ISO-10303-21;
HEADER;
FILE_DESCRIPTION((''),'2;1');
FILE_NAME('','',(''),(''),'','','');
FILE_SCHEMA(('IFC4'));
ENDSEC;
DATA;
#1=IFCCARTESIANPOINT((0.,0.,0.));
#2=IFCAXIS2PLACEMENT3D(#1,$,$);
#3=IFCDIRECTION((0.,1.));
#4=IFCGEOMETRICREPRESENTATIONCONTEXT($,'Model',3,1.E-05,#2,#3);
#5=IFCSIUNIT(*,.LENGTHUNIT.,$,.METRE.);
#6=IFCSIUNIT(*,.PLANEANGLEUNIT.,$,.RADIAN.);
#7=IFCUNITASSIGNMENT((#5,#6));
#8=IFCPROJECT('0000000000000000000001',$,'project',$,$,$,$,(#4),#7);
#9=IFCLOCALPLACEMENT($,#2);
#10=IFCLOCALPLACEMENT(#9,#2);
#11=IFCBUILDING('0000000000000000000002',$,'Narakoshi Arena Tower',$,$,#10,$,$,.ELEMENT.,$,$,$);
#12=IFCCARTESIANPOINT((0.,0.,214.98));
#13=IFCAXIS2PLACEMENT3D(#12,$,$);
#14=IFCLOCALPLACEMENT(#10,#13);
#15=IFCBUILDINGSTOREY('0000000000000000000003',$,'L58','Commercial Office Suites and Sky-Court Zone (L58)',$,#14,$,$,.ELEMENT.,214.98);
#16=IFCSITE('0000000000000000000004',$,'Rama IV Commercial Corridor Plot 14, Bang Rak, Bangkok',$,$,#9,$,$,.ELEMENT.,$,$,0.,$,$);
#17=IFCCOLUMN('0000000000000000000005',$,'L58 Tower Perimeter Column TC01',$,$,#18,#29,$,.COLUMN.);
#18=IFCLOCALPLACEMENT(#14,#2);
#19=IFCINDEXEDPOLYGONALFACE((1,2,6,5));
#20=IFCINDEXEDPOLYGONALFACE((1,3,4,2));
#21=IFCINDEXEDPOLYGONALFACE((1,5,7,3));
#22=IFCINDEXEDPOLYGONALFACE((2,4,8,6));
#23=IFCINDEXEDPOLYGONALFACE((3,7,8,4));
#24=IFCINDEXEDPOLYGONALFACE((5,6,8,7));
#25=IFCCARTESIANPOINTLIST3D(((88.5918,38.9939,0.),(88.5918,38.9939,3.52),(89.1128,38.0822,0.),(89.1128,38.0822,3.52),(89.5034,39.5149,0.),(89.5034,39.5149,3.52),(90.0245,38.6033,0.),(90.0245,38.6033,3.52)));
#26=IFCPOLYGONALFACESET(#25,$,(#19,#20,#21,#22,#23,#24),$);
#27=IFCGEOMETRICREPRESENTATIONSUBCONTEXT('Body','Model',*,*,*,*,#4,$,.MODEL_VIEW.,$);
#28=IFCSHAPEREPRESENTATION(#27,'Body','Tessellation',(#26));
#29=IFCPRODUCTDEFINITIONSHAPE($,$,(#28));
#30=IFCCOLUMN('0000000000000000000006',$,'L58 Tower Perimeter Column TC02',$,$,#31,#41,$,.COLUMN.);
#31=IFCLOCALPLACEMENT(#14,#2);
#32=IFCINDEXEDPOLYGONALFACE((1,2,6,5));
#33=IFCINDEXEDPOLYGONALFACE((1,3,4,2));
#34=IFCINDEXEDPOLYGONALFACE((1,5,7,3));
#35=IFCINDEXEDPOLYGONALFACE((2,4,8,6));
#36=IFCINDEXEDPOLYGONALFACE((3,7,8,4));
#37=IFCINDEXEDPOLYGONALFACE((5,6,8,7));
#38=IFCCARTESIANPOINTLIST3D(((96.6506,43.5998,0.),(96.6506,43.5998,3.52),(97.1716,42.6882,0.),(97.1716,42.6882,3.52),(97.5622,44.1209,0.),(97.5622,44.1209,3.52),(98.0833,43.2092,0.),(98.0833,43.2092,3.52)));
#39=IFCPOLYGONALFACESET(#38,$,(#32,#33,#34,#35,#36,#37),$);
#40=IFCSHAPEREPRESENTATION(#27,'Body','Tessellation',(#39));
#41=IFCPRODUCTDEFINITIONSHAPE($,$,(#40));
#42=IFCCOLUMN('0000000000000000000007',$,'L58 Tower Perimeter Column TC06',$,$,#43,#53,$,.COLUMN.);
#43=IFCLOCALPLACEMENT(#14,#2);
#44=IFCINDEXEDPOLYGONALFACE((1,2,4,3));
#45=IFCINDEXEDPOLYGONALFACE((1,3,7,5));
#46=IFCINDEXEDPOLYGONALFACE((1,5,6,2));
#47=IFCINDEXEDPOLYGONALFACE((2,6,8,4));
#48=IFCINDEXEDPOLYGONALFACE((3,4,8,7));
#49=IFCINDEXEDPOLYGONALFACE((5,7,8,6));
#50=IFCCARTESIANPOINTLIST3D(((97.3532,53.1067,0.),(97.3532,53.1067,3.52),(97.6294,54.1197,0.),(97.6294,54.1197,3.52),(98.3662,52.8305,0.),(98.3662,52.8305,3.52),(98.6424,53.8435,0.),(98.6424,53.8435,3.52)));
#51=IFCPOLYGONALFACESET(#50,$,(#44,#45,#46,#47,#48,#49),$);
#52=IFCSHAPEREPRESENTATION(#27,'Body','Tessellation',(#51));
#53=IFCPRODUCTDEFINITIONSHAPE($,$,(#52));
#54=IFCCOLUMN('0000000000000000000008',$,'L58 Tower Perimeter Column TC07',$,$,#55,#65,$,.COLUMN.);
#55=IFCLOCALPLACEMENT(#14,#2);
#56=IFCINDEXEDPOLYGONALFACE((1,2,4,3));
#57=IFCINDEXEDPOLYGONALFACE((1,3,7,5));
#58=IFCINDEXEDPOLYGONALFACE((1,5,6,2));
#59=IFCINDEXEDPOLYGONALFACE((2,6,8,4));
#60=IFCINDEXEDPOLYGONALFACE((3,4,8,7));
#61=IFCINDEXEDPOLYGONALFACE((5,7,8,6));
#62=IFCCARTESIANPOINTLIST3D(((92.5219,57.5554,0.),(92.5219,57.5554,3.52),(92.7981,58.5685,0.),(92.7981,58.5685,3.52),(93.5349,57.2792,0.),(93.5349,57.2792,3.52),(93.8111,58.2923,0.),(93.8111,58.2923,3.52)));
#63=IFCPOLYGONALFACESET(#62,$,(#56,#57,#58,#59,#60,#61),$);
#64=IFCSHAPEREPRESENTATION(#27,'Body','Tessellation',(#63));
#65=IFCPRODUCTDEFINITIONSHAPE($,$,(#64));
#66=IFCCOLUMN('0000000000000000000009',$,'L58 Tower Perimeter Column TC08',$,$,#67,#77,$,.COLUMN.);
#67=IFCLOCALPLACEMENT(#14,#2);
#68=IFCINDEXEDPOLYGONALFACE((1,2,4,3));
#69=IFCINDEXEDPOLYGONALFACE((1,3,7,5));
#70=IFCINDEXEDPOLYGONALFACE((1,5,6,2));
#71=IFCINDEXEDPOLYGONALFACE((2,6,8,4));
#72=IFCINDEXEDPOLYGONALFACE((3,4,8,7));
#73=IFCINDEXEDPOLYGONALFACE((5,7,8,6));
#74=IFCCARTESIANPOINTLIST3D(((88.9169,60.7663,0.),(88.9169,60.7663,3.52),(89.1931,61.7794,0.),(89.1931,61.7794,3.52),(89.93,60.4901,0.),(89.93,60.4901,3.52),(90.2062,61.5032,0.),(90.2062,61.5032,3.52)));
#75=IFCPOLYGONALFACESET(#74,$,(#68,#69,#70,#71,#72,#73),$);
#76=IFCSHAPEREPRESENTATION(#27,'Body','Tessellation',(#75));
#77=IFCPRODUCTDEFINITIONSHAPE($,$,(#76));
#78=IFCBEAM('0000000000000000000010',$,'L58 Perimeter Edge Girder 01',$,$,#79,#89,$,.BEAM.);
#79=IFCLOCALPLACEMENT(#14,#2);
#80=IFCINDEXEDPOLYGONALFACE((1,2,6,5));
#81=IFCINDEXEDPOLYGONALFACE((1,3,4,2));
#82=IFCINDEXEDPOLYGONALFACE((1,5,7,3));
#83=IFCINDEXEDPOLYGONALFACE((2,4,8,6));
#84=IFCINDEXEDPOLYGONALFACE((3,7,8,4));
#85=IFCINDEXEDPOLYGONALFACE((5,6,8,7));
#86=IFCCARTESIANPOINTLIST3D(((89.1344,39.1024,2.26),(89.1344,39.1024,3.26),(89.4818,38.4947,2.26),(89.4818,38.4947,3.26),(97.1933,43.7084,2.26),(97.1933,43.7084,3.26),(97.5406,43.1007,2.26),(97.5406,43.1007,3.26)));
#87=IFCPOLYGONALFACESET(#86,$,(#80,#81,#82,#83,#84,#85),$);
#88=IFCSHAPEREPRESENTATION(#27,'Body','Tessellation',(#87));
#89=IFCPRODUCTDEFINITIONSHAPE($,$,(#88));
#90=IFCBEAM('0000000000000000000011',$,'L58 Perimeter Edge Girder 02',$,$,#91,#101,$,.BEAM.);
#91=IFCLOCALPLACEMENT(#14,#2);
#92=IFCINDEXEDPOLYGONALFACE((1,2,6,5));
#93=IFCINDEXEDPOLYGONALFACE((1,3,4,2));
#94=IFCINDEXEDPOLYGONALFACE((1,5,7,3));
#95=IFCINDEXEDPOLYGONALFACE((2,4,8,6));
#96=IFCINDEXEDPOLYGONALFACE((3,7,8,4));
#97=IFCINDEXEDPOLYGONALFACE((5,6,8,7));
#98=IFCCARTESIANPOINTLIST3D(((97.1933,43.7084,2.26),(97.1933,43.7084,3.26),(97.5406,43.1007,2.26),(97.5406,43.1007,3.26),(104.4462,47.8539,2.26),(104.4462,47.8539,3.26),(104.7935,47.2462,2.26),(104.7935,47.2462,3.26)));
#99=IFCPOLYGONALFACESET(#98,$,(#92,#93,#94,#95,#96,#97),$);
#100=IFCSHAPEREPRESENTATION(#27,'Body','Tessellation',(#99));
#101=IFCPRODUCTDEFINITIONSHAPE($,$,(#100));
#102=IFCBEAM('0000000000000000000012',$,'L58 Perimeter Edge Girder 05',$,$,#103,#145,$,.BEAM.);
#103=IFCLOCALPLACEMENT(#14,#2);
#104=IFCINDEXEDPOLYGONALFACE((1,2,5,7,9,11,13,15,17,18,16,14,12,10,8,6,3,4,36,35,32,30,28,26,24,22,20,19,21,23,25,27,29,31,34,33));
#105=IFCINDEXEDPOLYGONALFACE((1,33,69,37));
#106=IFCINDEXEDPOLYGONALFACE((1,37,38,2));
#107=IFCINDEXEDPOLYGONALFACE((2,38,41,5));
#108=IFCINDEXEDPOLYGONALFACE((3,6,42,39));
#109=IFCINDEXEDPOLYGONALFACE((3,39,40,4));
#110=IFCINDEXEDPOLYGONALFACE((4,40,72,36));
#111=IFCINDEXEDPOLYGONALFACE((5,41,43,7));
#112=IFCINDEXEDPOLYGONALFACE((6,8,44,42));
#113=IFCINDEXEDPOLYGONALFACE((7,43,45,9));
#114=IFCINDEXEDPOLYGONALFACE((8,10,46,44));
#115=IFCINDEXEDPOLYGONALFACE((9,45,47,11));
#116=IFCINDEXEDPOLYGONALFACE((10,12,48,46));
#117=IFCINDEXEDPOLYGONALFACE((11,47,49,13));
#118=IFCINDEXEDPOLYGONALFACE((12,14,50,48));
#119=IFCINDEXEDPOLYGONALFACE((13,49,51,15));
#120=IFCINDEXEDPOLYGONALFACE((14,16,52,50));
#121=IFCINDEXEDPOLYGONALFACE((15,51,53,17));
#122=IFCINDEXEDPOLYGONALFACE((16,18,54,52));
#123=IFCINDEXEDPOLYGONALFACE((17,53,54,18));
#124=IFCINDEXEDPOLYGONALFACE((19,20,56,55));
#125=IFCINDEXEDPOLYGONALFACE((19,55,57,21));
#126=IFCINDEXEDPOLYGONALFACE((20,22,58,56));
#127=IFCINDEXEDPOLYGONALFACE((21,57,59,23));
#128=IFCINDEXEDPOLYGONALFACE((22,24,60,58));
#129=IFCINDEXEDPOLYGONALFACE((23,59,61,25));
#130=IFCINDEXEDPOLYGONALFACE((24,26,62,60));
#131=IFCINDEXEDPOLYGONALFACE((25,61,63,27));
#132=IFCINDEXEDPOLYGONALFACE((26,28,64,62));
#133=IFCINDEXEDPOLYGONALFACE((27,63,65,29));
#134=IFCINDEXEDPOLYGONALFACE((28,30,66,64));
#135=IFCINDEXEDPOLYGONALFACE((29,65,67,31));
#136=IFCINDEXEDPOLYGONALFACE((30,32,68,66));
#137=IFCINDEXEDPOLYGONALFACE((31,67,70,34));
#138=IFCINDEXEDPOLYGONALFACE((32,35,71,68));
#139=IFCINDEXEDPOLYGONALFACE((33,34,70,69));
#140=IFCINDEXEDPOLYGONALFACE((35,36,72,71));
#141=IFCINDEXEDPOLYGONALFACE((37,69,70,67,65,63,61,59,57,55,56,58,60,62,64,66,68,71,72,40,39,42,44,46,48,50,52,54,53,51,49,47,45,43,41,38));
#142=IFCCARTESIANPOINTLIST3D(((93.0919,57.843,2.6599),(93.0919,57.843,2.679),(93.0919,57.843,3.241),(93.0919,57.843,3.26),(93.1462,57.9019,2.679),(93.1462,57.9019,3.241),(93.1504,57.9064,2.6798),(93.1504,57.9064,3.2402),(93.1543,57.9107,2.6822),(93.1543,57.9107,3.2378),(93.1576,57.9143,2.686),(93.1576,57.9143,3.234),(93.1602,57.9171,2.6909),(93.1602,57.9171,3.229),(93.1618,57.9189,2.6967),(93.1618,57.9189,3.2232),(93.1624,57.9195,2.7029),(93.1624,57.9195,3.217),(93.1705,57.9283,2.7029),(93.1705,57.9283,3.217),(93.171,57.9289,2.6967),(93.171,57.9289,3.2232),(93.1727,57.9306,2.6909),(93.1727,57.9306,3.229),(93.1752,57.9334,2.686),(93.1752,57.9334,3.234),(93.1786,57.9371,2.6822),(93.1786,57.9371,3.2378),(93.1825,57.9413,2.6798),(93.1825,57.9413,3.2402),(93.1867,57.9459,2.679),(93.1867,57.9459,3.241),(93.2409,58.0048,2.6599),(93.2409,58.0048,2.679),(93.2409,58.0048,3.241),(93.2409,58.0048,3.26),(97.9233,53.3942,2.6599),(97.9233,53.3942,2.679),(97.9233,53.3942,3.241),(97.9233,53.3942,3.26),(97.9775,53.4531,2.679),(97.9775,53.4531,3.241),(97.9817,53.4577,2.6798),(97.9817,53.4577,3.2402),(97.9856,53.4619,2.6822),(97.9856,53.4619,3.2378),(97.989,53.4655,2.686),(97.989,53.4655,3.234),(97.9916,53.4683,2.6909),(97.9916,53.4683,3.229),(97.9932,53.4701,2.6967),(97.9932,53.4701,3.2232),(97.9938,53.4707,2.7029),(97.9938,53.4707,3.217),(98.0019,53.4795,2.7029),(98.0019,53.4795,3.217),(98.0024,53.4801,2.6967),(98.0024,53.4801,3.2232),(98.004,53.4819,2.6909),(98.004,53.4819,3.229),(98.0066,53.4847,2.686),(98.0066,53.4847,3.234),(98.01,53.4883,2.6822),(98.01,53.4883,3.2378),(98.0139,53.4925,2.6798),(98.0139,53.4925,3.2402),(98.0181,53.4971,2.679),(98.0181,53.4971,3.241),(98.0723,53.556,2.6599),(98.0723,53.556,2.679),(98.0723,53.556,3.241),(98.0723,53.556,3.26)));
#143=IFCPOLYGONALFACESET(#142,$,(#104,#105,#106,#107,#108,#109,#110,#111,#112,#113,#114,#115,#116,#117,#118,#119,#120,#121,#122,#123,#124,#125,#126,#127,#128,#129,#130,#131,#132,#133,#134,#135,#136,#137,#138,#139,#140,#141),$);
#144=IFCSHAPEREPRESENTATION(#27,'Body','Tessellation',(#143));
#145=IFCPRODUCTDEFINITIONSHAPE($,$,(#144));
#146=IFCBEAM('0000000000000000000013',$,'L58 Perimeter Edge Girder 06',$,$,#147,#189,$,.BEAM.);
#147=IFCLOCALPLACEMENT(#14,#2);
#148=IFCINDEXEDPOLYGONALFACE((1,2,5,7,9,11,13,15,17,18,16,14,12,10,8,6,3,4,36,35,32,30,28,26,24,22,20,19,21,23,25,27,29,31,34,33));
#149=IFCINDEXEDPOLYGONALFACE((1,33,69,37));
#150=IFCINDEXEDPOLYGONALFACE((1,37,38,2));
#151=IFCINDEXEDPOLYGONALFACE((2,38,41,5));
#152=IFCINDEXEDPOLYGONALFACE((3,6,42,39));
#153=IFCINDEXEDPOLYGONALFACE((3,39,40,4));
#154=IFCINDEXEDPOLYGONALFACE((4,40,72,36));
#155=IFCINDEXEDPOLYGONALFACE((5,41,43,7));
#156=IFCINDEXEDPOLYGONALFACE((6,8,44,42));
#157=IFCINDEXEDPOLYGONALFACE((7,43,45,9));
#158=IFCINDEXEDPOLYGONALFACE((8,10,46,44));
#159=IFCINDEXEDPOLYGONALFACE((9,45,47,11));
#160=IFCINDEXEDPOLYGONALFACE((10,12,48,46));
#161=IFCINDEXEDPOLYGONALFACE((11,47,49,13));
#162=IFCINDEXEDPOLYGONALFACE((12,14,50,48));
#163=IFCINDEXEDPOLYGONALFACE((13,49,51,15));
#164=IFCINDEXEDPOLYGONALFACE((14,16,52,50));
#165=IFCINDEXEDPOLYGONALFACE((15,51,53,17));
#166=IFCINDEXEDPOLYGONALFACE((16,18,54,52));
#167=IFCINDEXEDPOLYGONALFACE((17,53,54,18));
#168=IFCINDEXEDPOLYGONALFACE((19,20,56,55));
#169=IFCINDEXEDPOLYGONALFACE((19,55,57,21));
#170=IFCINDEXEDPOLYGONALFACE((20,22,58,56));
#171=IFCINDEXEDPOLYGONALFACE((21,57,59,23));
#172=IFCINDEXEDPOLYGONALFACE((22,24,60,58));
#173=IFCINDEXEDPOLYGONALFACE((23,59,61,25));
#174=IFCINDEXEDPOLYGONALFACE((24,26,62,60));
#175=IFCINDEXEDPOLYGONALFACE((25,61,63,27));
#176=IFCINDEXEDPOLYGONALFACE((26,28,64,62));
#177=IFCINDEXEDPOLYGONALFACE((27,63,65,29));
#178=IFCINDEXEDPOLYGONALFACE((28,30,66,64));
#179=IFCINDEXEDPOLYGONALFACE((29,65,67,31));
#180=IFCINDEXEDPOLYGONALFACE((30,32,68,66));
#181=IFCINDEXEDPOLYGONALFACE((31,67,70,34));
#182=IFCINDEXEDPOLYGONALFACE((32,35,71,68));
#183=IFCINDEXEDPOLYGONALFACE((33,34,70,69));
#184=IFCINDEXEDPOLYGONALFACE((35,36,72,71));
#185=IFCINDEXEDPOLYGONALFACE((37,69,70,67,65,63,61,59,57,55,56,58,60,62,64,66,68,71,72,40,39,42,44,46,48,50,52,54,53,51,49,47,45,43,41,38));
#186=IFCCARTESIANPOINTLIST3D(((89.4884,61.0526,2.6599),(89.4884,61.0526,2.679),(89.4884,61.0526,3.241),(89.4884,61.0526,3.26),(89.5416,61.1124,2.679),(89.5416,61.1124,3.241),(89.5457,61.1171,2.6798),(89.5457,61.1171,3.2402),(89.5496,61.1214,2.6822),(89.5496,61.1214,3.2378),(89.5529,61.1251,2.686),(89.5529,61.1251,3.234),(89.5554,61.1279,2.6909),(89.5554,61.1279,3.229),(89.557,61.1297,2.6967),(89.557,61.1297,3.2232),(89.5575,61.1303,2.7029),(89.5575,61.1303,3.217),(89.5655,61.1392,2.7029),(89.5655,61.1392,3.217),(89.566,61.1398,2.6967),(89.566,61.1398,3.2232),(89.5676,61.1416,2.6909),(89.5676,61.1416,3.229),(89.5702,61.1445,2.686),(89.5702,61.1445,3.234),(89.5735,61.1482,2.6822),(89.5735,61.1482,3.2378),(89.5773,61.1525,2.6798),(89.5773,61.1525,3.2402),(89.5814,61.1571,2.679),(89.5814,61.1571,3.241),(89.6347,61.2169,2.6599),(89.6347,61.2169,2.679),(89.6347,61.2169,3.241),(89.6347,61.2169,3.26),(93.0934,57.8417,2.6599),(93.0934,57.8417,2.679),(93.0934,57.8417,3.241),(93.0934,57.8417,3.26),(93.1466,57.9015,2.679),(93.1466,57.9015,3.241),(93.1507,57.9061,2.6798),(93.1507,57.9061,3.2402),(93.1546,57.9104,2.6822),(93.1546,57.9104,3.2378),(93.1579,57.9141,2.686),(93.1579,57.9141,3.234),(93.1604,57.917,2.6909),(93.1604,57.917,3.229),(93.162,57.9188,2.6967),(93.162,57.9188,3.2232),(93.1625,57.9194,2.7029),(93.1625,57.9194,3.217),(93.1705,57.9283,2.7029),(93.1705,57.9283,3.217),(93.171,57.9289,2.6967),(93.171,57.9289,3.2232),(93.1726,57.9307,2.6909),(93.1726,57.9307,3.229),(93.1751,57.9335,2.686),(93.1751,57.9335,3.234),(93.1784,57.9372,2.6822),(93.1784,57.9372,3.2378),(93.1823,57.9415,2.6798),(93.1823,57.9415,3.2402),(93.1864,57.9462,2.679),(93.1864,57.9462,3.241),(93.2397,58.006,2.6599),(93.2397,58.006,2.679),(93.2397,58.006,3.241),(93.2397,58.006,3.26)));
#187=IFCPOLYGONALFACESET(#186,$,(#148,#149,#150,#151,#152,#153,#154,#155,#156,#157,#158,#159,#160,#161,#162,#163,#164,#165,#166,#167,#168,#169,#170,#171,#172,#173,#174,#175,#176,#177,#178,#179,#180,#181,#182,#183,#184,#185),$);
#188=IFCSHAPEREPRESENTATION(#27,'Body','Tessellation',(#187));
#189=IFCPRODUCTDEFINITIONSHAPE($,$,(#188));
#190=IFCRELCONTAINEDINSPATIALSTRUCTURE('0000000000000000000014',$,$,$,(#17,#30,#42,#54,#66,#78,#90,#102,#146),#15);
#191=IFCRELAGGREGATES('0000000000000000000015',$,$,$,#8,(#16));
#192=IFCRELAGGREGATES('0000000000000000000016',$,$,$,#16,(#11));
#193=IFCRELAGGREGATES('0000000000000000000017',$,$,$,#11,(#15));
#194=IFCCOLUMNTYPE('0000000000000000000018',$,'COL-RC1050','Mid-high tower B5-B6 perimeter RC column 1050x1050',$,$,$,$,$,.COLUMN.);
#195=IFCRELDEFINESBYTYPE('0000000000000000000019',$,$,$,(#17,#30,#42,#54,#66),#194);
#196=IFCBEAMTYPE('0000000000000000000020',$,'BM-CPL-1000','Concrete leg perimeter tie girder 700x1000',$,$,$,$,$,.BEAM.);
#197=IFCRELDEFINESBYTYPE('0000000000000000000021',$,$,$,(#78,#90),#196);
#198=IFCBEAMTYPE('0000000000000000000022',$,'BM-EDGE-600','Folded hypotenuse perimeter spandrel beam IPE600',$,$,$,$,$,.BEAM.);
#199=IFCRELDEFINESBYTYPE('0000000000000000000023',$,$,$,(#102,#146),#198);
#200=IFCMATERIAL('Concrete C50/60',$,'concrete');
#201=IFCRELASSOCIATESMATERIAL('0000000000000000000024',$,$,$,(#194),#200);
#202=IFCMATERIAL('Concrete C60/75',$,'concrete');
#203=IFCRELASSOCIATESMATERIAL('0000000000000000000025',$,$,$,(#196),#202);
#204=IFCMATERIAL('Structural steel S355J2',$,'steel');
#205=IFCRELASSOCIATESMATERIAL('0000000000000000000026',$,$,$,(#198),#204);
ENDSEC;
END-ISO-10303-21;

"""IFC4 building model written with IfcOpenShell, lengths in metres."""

from ifc_helpers import new_model, si_unit, direction, frame, origin, origin_2d, place, context, subcontext, project, spatial, rectangle, i_section, extrude, material, material_profile, profile_set, type_object, element, save


model = new_model("IFC4")

# Units and contexts
model_context = context("Model", 3, precision=1e-05, world=origin(), true_north=direction((0.0, 1.0)))
body_context = subcontext(model_context, "Body", "Model", "MODEL_VIEW")
ifc_project = project(units=[si_unit("LENGTHUNIT", "METRE"), si_unit("PLANEANGLEUNIT", "RADIAN")], contexts=[model_context])

# Site, building, storey
site_placement = place(None, origin())
site = spatial("IfcSite", under=ifc_project, at=site_placement, Name="Rama IV Commercial Corridor Plot 14, Bang Rak, Bangkok", CompositionType="ELEMENT", RefElevation=0.0)
building_placement = place(site_placement, origin())
building = spatial("IfcBuilding", under=site, at=building_placement, Name="Narakoshi Arena Tower", CompositionType="ELEMENT")
storey_placement = place(building_placement, frame((0.0, 0.0, 214.98)))
storey = spatial("IfcBuildingStorey", under=building, at=storey_placement, Name="L58", Description="Commercial Office Suites and Sky-Court Zone (L58)", CompositionType="ELEMENT", Elevation=214.98)

# Columns
ifc_material_1 = material(Name="Concrete C50/60", Category="concrete")
ifc_material_profile_1 = material_profile(ifc_material_1, rectangle(XDim=1.05, YDim=1.05, at=origin_2d()), Name="RC1050x1050")
ifc_profile_set_1 = profile_set([ifc_material_profile_1], Name="Concrete C50/60")
column_type = type_object("IfcColumnType", Name="COL-RC1050", Description="Mid-high tower B5-B6 perimeter RC column 1050x1050", PredefinedType="COLUMN", material=ifc_profile_set_1)
for number, where, z_axis, x_axis, name in (
    (1, (89.3081, 38.7986, 0.0), (0.0, 0.0, 1.0), (0.868199, 0.496217, 0.0), "L58 Tower Perimeter Column TC01"),
    (2, (97.3669, 43.4045, 0.0), (0.0, 0.0, 1.0), (0.868199, 0.496217, 0.0), "L58 Tower Perimeter Column TC02"),
    (3, (97.9978, 53.4751, 0.0), (0.0, 0.0, 1.0), (0.263031, 0.964787, 0.0), "L58 Tower Perimeter Column TC06"),
    (4, (93.1665, 57.9238, 0.0), (0.0, 0.0, 1.0), (0.263031, 0.964787, 0.0), "L58 Tower Perimeter Column TC07"),
    (5, (89.5615, 61.1348, 0.0), (0.0, 0.0, 1.0), (0.263031, 0.964787, 0.0), "L58 Tower Perimeter Column TC08"),
):
    element("IfcColumn", number, at=place(storey_placement, frame(where, z_axis=z_axis, x_axis=x_axis)), inside=storey, type_object=column_type, Name=name, PredefinedType="COLUMN", context=body_context, shape_type="SweptSolid", body=[
        extrude(rectangle(XDim=1.05, YDim=1.05, at=origin_2d()), origin(), (0.0, 0.0, 1.0), 3.52),
    ])

# Beams
ifc_material_2 = material(Name="Concrete C60/75", Category="concrete")
ifc_material_profile_2 = material_profile(ifc_material_2, rectangle(XDim=0.7, YDim=1.0, at=origin_2d()), Name="RCB700x1000")
ifc_profile_set_2 = profile_set([ifc_material_profile_2], Name="Concrete C60/75")
beam_type_1 = type_object("IfcBeamType", Name="BM-CPL-1000", Description="Concrete leg perimeter tie girder 700x1000", PredefinedType="BEAM", material=ifc_profile_set_2)
beam_1_placement = place(storey_placement, frame((89.3081, 38.7986, 2.76), z_axis=(0.868201, 0.496213, 0.0), x_axis=(-0.496213, 0.868201, 0.0)))
element("IfcBeam", 6, at=beam_1_placement, inside=storey, type_object=beam_type_1, Name="L58 Perimeter Edge Girder 01", PredefinedType="BEAM", context=body_context, shape_type="SweptSolid", body=[
    extrude(rectangle(XDim=0.7, YDim=1.0, at=origin_2d()), origin(), (0.0, 0.0, 1.0), 9.2822),
])
beam_2_placement = place(storey_placement, frame((97.3669, 43.4045, 2.76), z_axis=(0.868193, 0.496227, 0.0), x_axis=(-0.496227, 0.868193, 0.0)))
element("IfcBeam", 7, at=beam_2_placement, inside=storey, type_object=beam_type_1, Name="L58 Perimeter Edge Girder 02", PredefinedType="BEAM", context=body_context, shape_type="SweptSolid", body=[
    extrude(rectangle(XDim=0.7, YDim=1.0, at=origin_2d()), origin(), (0.0, 0.0, 1.0), 8.354),
])
ifc_material_3 = material(Name="Structural steel S355J2", Category="steel")
ifc_material_profile_3 = material_profile(ifc_material_3, i_section(OverallWidth=0.22, OverallDepth=0.6001, WebThickness=0.012, FlangeThickness=0.019, FilletRadius=0.0239, at=origin_2d()), Name="IPE600")
ifc_profile_set_3 = profile_set([ifc_material_profile_3], Name="Structural steel S355J2")
beam_type_2 = type_object("IfcBeamType", Name="BM-EDGE-600", Description="Folded hypotenuse perimeter spandrel beam IPE600", PredefinedType="BEAM", material=ifc_profile_set_3)
beam_3_placement = place(storey_placement, frame((97.9978, 53.4751, 2.96), z_axis=(-0.735632, 0.677381, 0.0), x_axis=(-0.677381, -0.735632, 0.0)))
element("IfcBeam", 8, at=beam_3_placement, inside=storey, type_object=beam_type_2, Name="L58 Perimeter Edge Girder 05", PredefinedType="BEAM", context=body_context, shape_type="SweptSolid", body=[
    extrude(i_section(OverallWidth=0.22, OverallDepth=0.6001, WebThickness=0.012, FlangeThickness=0.019, FilletRadius=0.0239, at=origin_2d()), origin(), (0.0, 0.0, 1.0), 6.5676),
])
beam_4_placement = place(storey_placement, frame((93.1665, 57.9238, 2.96), z_axis=(-0.746739, 0.665117, 0.0), x_axis=(-0.665117, -0.746739, 0.0)))
element("IfcBeam", 9, at=beam_4_placement, inside=storey, type_object=beam_type_2, Name="L58 Perimeter Edge Girder 06", PredefinedType="BEAM", context=body_context, shape_type="SweptSolid", body=[
    extrude(i_section(OverallWidth=0.22, OverallDepth=0.6001, WebThickness=0.012, FlangeThickness=0.019, FilletRadius=0.0239, at=origin_2d()), origin(), (0.0, 0.0, 1.0), 4.8276),
])

save(model, "model.ifc")
